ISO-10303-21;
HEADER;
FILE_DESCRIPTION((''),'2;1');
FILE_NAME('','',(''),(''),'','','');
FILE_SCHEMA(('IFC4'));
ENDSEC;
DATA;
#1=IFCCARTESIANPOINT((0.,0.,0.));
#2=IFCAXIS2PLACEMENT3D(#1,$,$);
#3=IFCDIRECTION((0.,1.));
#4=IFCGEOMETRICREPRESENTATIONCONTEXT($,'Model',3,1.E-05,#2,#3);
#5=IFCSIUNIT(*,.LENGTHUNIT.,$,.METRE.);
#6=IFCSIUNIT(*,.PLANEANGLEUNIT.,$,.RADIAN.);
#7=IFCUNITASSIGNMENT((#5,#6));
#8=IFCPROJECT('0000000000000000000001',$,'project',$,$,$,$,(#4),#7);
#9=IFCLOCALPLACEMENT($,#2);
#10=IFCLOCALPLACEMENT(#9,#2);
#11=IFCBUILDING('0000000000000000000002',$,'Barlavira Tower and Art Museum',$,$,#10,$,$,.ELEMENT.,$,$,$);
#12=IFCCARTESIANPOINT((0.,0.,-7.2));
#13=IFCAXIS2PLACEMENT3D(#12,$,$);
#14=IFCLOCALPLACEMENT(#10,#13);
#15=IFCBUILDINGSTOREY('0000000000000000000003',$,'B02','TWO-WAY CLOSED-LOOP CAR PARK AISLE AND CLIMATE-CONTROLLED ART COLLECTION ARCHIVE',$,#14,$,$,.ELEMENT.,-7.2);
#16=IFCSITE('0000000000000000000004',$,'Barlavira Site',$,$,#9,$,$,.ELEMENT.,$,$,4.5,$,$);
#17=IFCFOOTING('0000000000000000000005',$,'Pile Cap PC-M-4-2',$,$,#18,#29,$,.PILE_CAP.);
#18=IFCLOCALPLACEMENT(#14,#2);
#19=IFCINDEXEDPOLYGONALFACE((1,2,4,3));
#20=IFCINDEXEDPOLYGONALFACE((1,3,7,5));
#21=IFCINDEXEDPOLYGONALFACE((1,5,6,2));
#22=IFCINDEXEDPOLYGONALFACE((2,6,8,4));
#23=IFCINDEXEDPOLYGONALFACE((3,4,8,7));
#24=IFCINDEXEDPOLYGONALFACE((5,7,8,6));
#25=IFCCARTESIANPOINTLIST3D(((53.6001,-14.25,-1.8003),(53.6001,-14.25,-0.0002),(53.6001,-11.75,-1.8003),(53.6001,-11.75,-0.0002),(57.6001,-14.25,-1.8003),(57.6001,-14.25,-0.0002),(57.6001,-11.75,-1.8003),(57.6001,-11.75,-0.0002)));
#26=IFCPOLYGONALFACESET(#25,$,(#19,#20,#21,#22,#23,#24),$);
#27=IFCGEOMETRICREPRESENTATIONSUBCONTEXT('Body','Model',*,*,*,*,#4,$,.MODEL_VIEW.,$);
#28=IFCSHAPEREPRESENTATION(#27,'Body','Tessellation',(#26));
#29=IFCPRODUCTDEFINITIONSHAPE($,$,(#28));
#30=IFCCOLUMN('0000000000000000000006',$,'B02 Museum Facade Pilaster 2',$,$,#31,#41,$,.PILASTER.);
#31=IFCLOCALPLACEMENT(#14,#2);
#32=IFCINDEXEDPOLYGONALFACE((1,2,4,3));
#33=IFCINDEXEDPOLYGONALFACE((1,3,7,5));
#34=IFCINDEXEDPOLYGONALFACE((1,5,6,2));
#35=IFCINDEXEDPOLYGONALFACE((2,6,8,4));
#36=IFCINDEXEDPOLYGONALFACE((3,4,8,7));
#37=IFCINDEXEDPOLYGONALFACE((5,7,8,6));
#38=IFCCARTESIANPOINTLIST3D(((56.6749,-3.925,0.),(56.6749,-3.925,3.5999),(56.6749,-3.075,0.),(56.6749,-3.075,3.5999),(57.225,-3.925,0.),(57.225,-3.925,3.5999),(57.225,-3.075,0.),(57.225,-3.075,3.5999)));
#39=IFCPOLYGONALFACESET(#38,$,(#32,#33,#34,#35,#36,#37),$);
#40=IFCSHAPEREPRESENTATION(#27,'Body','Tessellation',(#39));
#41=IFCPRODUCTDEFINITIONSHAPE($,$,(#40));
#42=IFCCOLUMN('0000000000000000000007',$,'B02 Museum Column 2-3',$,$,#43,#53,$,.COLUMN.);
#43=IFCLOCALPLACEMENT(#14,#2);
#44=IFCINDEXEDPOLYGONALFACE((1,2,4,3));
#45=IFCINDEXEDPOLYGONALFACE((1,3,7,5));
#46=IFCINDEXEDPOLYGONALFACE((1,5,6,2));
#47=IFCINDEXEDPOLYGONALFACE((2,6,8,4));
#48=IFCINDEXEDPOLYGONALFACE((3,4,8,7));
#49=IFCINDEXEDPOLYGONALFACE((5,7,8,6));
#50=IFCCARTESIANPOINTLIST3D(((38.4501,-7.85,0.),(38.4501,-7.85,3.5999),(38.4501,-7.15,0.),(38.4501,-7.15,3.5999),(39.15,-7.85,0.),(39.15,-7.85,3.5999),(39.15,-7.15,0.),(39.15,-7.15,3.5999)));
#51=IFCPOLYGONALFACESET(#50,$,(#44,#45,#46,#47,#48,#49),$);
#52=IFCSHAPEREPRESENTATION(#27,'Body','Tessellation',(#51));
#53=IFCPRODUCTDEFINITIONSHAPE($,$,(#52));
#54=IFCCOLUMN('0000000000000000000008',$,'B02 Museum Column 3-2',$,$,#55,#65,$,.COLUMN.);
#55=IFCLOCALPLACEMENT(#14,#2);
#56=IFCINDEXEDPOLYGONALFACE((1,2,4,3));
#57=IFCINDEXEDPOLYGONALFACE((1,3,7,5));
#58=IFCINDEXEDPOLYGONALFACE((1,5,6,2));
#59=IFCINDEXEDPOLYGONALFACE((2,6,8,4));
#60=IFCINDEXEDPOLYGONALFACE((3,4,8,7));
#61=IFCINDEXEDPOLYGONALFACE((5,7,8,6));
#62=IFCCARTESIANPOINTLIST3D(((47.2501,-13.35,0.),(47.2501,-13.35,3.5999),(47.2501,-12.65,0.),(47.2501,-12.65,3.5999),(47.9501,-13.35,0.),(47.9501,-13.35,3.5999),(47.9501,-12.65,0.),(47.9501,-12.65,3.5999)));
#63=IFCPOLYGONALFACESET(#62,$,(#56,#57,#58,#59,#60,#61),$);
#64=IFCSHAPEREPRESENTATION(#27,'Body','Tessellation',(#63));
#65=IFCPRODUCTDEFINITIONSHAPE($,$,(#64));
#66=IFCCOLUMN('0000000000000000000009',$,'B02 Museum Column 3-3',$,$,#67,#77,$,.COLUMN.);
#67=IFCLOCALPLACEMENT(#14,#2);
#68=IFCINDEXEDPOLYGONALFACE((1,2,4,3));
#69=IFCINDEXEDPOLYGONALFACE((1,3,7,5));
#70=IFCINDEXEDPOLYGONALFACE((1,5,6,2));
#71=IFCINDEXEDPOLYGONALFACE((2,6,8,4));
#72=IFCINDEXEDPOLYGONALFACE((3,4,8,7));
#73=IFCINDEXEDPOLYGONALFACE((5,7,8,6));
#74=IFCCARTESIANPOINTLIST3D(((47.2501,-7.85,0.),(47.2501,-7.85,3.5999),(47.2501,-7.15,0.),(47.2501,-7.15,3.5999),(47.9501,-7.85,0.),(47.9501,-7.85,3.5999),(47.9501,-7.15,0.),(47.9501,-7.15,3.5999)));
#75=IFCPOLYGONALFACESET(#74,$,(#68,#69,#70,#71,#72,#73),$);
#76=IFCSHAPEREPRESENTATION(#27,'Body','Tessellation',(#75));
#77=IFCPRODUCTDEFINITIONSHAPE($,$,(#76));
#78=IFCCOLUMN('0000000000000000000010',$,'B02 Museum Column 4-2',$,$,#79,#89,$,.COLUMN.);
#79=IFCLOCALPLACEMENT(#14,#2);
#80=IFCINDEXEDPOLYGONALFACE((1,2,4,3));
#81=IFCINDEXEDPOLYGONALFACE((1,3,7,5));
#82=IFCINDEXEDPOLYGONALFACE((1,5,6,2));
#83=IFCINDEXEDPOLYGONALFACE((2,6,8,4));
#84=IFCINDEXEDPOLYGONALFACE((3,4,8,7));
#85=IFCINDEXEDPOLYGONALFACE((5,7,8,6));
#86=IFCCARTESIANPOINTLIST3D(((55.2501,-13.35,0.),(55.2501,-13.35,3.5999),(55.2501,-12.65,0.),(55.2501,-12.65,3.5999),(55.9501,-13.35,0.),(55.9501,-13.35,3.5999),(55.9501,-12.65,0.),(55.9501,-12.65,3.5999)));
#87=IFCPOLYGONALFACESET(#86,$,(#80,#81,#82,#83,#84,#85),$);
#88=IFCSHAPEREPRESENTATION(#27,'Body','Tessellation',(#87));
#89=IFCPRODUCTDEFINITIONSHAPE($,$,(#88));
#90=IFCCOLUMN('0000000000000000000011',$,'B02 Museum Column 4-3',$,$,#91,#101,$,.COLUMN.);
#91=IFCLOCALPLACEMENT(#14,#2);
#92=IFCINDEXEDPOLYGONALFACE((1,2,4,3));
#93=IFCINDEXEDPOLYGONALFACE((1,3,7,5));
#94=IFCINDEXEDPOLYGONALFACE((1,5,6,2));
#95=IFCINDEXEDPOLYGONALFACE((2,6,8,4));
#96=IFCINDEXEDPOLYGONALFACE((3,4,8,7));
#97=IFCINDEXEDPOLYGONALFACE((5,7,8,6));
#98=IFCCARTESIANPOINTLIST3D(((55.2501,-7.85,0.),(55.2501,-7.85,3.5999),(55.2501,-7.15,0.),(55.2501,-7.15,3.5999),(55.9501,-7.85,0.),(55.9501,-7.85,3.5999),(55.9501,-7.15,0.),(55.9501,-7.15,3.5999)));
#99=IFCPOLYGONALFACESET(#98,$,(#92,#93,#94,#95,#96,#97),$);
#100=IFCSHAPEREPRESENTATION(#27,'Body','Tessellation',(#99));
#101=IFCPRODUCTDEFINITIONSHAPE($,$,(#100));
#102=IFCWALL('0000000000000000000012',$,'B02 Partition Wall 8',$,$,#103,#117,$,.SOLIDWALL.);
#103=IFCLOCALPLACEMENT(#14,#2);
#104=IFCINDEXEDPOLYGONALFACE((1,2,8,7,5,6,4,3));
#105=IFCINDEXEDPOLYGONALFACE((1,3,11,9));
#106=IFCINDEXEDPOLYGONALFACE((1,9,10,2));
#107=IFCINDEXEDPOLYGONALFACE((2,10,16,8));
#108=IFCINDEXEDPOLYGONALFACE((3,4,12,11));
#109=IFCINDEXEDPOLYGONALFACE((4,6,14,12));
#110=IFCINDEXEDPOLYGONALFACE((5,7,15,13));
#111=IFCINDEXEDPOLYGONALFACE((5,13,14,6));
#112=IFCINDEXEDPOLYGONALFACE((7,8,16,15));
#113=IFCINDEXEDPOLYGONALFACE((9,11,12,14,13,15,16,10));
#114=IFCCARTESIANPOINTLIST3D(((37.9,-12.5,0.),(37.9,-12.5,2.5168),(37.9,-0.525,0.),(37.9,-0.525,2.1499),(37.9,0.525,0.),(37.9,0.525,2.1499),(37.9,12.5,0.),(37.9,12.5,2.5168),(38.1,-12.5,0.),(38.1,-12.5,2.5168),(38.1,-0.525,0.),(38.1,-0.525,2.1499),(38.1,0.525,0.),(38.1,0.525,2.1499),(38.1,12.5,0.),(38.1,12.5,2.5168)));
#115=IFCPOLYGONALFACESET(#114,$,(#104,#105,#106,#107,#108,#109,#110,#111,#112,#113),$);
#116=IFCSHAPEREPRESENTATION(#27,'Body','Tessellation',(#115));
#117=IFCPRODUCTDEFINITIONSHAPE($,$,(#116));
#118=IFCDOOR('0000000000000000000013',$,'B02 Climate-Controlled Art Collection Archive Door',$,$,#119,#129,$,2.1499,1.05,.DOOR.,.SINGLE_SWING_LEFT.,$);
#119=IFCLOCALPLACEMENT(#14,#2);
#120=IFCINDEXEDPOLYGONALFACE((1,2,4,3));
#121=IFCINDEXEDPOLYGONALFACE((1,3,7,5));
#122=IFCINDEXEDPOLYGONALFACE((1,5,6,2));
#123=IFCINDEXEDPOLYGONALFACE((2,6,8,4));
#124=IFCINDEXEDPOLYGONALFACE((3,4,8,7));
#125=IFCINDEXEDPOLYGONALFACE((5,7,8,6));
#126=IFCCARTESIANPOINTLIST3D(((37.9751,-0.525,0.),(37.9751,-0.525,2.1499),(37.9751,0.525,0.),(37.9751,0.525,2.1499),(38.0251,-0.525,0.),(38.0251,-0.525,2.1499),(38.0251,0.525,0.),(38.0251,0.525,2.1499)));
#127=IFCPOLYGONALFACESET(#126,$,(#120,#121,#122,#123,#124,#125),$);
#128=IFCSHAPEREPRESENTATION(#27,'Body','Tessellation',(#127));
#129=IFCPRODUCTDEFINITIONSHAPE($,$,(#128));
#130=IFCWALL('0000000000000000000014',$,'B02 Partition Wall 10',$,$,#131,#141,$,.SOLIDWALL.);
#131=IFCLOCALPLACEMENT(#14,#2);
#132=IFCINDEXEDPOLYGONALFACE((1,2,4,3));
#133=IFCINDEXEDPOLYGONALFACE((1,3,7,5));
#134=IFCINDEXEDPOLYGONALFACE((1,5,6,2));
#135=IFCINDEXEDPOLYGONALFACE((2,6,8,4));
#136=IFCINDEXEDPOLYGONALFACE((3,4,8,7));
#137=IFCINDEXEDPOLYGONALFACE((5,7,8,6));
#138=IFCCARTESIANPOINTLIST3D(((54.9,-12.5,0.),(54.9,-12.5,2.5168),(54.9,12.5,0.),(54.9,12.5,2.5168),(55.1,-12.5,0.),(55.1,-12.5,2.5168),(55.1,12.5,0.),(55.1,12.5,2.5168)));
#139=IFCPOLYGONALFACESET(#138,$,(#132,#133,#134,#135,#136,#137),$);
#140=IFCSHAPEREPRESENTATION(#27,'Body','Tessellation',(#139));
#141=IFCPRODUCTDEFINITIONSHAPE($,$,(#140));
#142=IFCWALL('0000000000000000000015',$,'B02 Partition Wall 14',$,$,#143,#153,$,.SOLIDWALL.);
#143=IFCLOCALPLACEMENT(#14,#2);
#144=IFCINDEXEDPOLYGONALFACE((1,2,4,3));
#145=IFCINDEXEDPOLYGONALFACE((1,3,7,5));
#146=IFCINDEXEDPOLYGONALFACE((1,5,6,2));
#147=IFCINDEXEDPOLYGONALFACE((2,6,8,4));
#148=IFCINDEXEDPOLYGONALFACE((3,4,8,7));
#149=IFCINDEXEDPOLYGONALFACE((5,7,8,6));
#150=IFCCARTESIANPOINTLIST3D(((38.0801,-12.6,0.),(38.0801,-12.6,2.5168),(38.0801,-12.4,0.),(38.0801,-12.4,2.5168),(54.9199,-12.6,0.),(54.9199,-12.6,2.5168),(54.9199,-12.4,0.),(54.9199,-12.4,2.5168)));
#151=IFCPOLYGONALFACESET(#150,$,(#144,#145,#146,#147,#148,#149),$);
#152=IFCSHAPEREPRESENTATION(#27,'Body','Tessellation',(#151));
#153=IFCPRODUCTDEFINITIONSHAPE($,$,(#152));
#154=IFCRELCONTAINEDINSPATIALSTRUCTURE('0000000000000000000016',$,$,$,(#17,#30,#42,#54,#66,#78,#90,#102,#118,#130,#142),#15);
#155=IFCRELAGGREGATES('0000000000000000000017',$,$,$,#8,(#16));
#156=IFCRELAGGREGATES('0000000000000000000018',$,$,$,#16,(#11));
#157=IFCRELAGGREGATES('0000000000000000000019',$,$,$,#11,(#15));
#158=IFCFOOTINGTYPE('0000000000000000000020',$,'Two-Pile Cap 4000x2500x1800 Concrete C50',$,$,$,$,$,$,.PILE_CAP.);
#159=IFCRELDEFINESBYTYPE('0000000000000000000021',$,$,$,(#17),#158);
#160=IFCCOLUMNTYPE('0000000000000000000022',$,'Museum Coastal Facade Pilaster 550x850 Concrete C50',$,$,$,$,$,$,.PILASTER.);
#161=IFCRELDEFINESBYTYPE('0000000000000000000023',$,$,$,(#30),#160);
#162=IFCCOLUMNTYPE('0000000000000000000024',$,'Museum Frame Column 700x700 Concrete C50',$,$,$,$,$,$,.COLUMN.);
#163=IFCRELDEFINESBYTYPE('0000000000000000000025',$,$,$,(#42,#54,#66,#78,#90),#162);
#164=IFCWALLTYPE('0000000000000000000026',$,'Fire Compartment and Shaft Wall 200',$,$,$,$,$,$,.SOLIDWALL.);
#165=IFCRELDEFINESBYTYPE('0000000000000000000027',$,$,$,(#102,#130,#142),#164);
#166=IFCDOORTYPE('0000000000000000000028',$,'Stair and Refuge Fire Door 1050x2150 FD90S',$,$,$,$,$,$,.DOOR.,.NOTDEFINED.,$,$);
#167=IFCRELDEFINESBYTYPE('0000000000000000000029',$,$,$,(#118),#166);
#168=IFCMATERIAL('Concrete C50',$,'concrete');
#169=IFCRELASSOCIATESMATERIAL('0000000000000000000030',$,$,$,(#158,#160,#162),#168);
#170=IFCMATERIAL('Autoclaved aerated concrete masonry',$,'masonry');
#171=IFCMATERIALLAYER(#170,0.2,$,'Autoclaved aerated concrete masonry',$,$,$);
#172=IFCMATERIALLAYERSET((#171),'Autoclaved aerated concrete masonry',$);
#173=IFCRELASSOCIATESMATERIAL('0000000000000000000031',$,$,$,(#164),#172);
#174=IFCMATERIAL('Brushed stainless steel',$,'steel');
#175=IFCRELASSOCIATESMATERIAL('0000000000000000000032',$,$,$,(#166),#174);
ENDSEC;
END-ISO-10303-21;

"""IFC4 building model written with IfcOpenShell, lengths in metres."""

from ifc_helpers import new_model, si_unit, direction, frame, frame_2d, origin, origin_2d, place, context, subcontext, project, spatial, rectangle, extrude, material, layer, layer_set, material_profile, profile_set, type_object, element, fill, save


model = new_model("IFC4")

# Units and contexts
model_context = context("Model", 3, precision=1e-05, world=origin(), true_north=direction((0.0, 1.0)))
body_context = subcontext(model_context, "Body", "Model", "MODEL_VIEW")
ifc_project = project(units=[si_unit("LENGTHUNIT", "METRE"), si_unit("PLANEANGLEUNIT", "RADIAN")], contexts=[model_context])

# Site, building, storey
site_placement = place(None, origin())
site = spatial("IfcSite", under=ifc_project, at=site_placement, Name="Barlavira Site", CompositionType="ELEMENT", RefElevation=4.5)
building_placement = place(site_placement, origin())
building = spatial("IfcBuilding", under=site, at=building_placement, Name="Barlavira Tower and Art Museum", CompositionType="ELEMENT")
storey_placement = place(building_placement, frame((0.0, 0.0, -7.2)))
storey = spatial("IfcBuildingStorey", under=building, at=storey_placement, Name="B02", Description="TWO-WAY CLOSED-LOOP CAR PARK AISLE AND CLIMATE-CONTROLLED ART COLLECTION ARCHIVE", CompositionType="ELEMENT", Elevation=-7.2)

# Shared definitions
ifc_material_1 = material(Name="Concrete C50", Category="concrete")

# Footing
footing_type_1 = type_object("IfcFootingType", Name="Two-Pile Cap 4000x2500x1800 Concrete C50", PredefinedType="PILE_CAP", material=ifc_material_1)
footing_1_placement = place(storey_placement, frame((55.6001, -13.0, -1.8003), z_axis=(0.0, 0.0, 1.0), x_axis=(1.0, 0.0, 0.0)))
element("IfcFooting", 1, at=footing_1_placement, inside=storey, type_object=footing_type_1, Name="Pile Cap PC-M-4-2", PredefinedType="PILE_CAP", context=body_context, shape_type="SweptSolid", body=[
    extrude(rectangle(XDim=4.0, YDim=2.5, at=origin_2d()), origin(), (0.0, 0.0, 1.0), 1.8),
])

# Columns
ifc_material_profile_1 = material_profile(ifc_material_1, rectangle(XDim=0.55, YDim=0.8501, at=origin_2d()), Name="RC-PIL 550x850")
ifc_profile_set_1 = profile_set([ifc_material_profile_1], Name="Concrete C50")
column_type_1 = type_object("IfcColumnType", Name="Museum Coastal Facade Pilaster 550x850 Concrete C50", PredefinedType="PILASTER", material=ifc_profile_set_1)
column_placement = place(storey_placement, frame((56.95, -3.5, 0.0), z_axis=(0.0, 0.0, 1.0), x_axis=(1.0, 0.0, 0.0)))
element("IfcColumn", 2, at=column_placement, inside=storey, type_object=column_type_1, Name="B02 Museum Facade Pilaster 2", PredefinedType="PILASTER", context=body_context, shape_type="SweptSolid", body=[
    extrude(rectangle(XDim=0.55, YDim=0.8501, at=origin_2d()), origin(), (0.0, 0.0, 1.0), 3.5999),
])
ifc_material_profile_2 = material_profile(ifc_material_1, rectangle(XDim=0.7, YDim=0.7, at=origin_2d()), Name="RC-COL 700x700")
ifc_profile_set_2 = profile_set([ifc_material_profile_2], Name="Concrete C50")
column_type_2 = type_object("IfcColumnType", Name="Museum Frame Column 700x700 Concrete C50", PredefinedType="COLUMN", material=ifc_profile_set_2)
for number, where, z_axis, x_axis, name in (
    (3, (38.8, -7.5, 0.0), (0.0, 0.0, 1.0), (1.0, 0.0, 0.0), "B02 Museum Column 2-3"),
    (4, (47.6001, -13.0, 0.0), (0.0, 0.0, 1.0), (1.0, 0.0, 0.0), "B02 Museum Column 3-2"),
    (5, (47.6001, -7.5, 0.0), (0.0, 0.0, 1.0), (1.0, 0.0, 0.0), "B02 Museum Column 3-3"),
    (6, (55.6001, -13.0, 0.0), (0.0, 0.0, 1.0), (1.0, 0.0, 0.0), "B02 Museum Column 4-2"),
    (7, (55.6001, -7.5, 0.0), (0.0, 0.0, 1.0), (1.0, 0.0, 0.0), "B02 Museum Column 4-3"),
):
    element("IfcColumn", number, at=place(storey_placement, frame(where, z_axis=z_axis, x_axis=x_axis)), inside=storey, type_object=column_type_2, Name=name, PredefinedType="COLUMN", context=body_context, shape_type="SweptSolid", body=[
        extrude(rectangle(XDim=0.7, YDim=0.7, at=origin_2d()), origin(), (0.0, 0.0, 1.0), 3.5999),
    ])

# Wall, opening, door
ifc_material_2 = material(Name="Autoclaved aerated concrete masonry", Category="masonry")
ifc_layer = layer(ifc_material_2, 0.2, Name="Autoclaved aerated concrete masonry")
ifc_layer_set = layer_set([ifc_layer], Name="Autoclaved aerated concrete masonry")
wall_type = type_object("IfcWallType", Name="Fire Compartment and Shaft Wall 200", PredefinedType="SOLIDWALL", material=ifc_layer_set)
wall_1_placement = place(storey_placement, frame((38.0, -12.5, 0.0), z_axis=(0.0, 0.0, 1.0), x_axis=(0.0, 1.0, 0.0)))
wall_1 = element("IfcWall", 8, at=wall_1_placement, inside=storey, type_object=wall_type, Name="B02 Partition Wall 8", PredefinedType="SOLIDWALL", context=body_context, shape_type="SweptSolid", body=[
    extrude(rectangle(XDim=25.0, YDim=0.2, at=frame_2d((12.5, 0.0))), origin(), (0.0, 0.0, 1.0), 2.5168),
])
opening_placement = place(wall_1_placement, frame((11.9751, 0.0, 0.0)))
opening = element("IfcOpeningElement", 9, at=opening_placement, cuts=wall_1, PredefinedType="OPENING", context=body_context, shape_type="SweptSolid", body=[
    extrude(rectangle(XDim=1.05, YDim=2.1499, at=frame_2d((0.5249, 1.075))), frame((0.0, 0.1099, 0.0), z_axis=(0.0, -1.0, 0.0), x_axis=(1.0, 0.0, 0.0)), (0.0, 0.0, 1.0), 0.22),
])
ifc_material_3 = material(Name="Brushed stainless steel", Category="steel")
door_type = type_object("IfcDoorType", Name="Stair and Refuge Fire Door 1050x2150 FD90S", OperationType="NOTDEFINED", PredefinedType="DOOR", material=ifc_material_3)
door_placement = place(opening_placement, origin())
door = element("IfcDoor", 10, at=door_placement, inside=storey, type_object=door_type, Name="B02 Climate-Controlled Art Collection Archive Door", OperationType="SINGLE_SWING_LEFT", OverallHeight=2.1499, OverallWidth=1.05, PredefinedType="DOOR", context=body_context, shape_type="SweptSolid", body=[
    extrude(rectangle(XDim=1.05, YDim=2.1499, at=frame_2d((0.5249, 1.075))), frame((0.0, 0.0249, 0.0), z_axis=(0.0, -1.0, 0.0), x_axis=(1.0, 0.0, 0.0)), (0.0, 0.0, 1.0), 0.05),
])
fill(opening, door)

# Walls
wall_2_placement = place(storey_placement, frame((55.0, -12.5, 0.0), z_axis=(0.0, 0.0, 1.0), x_axis=(0.0, 1.0, 0.0)))
element("IfcWall", 11, at=wall_2_placement, inside=storey, type_object=wall_type, Name="B02 Partition Wall 10", PredefinedType="SOLIDWALL", context=body_context, shape_type="SweptSolid", body=[
    extrude(rectangle(XDim=25.0, YDim=0.2, at=frame_2d((12.5, 0.0))), origin(), (0.0, 0.0, 1.0), 2.5168),
])
wall_3_placement = place(storey_placement, frame((38.0801, -12.5, 0.0), z_axis=(0.0, 0.0, 1.0), x_axis=(1.0, 0.0, 0.0)))
element("IfcWall", 12, at=wall_3_placement, inside=storey, type_object=wall_type, Name="B02 Partition Wall 14", PredefinedType="SOLIDWALL", context=body_context, shape_type="SweptSolid", body=[
    extrude(rectangle(XDim=16.8398, YDim=0.2, at=frame_2d((8.4199, 0.0))), origin(), (0.0, 0.0, 1.0), 2.5168),
])

save(model, "model.ifc")
